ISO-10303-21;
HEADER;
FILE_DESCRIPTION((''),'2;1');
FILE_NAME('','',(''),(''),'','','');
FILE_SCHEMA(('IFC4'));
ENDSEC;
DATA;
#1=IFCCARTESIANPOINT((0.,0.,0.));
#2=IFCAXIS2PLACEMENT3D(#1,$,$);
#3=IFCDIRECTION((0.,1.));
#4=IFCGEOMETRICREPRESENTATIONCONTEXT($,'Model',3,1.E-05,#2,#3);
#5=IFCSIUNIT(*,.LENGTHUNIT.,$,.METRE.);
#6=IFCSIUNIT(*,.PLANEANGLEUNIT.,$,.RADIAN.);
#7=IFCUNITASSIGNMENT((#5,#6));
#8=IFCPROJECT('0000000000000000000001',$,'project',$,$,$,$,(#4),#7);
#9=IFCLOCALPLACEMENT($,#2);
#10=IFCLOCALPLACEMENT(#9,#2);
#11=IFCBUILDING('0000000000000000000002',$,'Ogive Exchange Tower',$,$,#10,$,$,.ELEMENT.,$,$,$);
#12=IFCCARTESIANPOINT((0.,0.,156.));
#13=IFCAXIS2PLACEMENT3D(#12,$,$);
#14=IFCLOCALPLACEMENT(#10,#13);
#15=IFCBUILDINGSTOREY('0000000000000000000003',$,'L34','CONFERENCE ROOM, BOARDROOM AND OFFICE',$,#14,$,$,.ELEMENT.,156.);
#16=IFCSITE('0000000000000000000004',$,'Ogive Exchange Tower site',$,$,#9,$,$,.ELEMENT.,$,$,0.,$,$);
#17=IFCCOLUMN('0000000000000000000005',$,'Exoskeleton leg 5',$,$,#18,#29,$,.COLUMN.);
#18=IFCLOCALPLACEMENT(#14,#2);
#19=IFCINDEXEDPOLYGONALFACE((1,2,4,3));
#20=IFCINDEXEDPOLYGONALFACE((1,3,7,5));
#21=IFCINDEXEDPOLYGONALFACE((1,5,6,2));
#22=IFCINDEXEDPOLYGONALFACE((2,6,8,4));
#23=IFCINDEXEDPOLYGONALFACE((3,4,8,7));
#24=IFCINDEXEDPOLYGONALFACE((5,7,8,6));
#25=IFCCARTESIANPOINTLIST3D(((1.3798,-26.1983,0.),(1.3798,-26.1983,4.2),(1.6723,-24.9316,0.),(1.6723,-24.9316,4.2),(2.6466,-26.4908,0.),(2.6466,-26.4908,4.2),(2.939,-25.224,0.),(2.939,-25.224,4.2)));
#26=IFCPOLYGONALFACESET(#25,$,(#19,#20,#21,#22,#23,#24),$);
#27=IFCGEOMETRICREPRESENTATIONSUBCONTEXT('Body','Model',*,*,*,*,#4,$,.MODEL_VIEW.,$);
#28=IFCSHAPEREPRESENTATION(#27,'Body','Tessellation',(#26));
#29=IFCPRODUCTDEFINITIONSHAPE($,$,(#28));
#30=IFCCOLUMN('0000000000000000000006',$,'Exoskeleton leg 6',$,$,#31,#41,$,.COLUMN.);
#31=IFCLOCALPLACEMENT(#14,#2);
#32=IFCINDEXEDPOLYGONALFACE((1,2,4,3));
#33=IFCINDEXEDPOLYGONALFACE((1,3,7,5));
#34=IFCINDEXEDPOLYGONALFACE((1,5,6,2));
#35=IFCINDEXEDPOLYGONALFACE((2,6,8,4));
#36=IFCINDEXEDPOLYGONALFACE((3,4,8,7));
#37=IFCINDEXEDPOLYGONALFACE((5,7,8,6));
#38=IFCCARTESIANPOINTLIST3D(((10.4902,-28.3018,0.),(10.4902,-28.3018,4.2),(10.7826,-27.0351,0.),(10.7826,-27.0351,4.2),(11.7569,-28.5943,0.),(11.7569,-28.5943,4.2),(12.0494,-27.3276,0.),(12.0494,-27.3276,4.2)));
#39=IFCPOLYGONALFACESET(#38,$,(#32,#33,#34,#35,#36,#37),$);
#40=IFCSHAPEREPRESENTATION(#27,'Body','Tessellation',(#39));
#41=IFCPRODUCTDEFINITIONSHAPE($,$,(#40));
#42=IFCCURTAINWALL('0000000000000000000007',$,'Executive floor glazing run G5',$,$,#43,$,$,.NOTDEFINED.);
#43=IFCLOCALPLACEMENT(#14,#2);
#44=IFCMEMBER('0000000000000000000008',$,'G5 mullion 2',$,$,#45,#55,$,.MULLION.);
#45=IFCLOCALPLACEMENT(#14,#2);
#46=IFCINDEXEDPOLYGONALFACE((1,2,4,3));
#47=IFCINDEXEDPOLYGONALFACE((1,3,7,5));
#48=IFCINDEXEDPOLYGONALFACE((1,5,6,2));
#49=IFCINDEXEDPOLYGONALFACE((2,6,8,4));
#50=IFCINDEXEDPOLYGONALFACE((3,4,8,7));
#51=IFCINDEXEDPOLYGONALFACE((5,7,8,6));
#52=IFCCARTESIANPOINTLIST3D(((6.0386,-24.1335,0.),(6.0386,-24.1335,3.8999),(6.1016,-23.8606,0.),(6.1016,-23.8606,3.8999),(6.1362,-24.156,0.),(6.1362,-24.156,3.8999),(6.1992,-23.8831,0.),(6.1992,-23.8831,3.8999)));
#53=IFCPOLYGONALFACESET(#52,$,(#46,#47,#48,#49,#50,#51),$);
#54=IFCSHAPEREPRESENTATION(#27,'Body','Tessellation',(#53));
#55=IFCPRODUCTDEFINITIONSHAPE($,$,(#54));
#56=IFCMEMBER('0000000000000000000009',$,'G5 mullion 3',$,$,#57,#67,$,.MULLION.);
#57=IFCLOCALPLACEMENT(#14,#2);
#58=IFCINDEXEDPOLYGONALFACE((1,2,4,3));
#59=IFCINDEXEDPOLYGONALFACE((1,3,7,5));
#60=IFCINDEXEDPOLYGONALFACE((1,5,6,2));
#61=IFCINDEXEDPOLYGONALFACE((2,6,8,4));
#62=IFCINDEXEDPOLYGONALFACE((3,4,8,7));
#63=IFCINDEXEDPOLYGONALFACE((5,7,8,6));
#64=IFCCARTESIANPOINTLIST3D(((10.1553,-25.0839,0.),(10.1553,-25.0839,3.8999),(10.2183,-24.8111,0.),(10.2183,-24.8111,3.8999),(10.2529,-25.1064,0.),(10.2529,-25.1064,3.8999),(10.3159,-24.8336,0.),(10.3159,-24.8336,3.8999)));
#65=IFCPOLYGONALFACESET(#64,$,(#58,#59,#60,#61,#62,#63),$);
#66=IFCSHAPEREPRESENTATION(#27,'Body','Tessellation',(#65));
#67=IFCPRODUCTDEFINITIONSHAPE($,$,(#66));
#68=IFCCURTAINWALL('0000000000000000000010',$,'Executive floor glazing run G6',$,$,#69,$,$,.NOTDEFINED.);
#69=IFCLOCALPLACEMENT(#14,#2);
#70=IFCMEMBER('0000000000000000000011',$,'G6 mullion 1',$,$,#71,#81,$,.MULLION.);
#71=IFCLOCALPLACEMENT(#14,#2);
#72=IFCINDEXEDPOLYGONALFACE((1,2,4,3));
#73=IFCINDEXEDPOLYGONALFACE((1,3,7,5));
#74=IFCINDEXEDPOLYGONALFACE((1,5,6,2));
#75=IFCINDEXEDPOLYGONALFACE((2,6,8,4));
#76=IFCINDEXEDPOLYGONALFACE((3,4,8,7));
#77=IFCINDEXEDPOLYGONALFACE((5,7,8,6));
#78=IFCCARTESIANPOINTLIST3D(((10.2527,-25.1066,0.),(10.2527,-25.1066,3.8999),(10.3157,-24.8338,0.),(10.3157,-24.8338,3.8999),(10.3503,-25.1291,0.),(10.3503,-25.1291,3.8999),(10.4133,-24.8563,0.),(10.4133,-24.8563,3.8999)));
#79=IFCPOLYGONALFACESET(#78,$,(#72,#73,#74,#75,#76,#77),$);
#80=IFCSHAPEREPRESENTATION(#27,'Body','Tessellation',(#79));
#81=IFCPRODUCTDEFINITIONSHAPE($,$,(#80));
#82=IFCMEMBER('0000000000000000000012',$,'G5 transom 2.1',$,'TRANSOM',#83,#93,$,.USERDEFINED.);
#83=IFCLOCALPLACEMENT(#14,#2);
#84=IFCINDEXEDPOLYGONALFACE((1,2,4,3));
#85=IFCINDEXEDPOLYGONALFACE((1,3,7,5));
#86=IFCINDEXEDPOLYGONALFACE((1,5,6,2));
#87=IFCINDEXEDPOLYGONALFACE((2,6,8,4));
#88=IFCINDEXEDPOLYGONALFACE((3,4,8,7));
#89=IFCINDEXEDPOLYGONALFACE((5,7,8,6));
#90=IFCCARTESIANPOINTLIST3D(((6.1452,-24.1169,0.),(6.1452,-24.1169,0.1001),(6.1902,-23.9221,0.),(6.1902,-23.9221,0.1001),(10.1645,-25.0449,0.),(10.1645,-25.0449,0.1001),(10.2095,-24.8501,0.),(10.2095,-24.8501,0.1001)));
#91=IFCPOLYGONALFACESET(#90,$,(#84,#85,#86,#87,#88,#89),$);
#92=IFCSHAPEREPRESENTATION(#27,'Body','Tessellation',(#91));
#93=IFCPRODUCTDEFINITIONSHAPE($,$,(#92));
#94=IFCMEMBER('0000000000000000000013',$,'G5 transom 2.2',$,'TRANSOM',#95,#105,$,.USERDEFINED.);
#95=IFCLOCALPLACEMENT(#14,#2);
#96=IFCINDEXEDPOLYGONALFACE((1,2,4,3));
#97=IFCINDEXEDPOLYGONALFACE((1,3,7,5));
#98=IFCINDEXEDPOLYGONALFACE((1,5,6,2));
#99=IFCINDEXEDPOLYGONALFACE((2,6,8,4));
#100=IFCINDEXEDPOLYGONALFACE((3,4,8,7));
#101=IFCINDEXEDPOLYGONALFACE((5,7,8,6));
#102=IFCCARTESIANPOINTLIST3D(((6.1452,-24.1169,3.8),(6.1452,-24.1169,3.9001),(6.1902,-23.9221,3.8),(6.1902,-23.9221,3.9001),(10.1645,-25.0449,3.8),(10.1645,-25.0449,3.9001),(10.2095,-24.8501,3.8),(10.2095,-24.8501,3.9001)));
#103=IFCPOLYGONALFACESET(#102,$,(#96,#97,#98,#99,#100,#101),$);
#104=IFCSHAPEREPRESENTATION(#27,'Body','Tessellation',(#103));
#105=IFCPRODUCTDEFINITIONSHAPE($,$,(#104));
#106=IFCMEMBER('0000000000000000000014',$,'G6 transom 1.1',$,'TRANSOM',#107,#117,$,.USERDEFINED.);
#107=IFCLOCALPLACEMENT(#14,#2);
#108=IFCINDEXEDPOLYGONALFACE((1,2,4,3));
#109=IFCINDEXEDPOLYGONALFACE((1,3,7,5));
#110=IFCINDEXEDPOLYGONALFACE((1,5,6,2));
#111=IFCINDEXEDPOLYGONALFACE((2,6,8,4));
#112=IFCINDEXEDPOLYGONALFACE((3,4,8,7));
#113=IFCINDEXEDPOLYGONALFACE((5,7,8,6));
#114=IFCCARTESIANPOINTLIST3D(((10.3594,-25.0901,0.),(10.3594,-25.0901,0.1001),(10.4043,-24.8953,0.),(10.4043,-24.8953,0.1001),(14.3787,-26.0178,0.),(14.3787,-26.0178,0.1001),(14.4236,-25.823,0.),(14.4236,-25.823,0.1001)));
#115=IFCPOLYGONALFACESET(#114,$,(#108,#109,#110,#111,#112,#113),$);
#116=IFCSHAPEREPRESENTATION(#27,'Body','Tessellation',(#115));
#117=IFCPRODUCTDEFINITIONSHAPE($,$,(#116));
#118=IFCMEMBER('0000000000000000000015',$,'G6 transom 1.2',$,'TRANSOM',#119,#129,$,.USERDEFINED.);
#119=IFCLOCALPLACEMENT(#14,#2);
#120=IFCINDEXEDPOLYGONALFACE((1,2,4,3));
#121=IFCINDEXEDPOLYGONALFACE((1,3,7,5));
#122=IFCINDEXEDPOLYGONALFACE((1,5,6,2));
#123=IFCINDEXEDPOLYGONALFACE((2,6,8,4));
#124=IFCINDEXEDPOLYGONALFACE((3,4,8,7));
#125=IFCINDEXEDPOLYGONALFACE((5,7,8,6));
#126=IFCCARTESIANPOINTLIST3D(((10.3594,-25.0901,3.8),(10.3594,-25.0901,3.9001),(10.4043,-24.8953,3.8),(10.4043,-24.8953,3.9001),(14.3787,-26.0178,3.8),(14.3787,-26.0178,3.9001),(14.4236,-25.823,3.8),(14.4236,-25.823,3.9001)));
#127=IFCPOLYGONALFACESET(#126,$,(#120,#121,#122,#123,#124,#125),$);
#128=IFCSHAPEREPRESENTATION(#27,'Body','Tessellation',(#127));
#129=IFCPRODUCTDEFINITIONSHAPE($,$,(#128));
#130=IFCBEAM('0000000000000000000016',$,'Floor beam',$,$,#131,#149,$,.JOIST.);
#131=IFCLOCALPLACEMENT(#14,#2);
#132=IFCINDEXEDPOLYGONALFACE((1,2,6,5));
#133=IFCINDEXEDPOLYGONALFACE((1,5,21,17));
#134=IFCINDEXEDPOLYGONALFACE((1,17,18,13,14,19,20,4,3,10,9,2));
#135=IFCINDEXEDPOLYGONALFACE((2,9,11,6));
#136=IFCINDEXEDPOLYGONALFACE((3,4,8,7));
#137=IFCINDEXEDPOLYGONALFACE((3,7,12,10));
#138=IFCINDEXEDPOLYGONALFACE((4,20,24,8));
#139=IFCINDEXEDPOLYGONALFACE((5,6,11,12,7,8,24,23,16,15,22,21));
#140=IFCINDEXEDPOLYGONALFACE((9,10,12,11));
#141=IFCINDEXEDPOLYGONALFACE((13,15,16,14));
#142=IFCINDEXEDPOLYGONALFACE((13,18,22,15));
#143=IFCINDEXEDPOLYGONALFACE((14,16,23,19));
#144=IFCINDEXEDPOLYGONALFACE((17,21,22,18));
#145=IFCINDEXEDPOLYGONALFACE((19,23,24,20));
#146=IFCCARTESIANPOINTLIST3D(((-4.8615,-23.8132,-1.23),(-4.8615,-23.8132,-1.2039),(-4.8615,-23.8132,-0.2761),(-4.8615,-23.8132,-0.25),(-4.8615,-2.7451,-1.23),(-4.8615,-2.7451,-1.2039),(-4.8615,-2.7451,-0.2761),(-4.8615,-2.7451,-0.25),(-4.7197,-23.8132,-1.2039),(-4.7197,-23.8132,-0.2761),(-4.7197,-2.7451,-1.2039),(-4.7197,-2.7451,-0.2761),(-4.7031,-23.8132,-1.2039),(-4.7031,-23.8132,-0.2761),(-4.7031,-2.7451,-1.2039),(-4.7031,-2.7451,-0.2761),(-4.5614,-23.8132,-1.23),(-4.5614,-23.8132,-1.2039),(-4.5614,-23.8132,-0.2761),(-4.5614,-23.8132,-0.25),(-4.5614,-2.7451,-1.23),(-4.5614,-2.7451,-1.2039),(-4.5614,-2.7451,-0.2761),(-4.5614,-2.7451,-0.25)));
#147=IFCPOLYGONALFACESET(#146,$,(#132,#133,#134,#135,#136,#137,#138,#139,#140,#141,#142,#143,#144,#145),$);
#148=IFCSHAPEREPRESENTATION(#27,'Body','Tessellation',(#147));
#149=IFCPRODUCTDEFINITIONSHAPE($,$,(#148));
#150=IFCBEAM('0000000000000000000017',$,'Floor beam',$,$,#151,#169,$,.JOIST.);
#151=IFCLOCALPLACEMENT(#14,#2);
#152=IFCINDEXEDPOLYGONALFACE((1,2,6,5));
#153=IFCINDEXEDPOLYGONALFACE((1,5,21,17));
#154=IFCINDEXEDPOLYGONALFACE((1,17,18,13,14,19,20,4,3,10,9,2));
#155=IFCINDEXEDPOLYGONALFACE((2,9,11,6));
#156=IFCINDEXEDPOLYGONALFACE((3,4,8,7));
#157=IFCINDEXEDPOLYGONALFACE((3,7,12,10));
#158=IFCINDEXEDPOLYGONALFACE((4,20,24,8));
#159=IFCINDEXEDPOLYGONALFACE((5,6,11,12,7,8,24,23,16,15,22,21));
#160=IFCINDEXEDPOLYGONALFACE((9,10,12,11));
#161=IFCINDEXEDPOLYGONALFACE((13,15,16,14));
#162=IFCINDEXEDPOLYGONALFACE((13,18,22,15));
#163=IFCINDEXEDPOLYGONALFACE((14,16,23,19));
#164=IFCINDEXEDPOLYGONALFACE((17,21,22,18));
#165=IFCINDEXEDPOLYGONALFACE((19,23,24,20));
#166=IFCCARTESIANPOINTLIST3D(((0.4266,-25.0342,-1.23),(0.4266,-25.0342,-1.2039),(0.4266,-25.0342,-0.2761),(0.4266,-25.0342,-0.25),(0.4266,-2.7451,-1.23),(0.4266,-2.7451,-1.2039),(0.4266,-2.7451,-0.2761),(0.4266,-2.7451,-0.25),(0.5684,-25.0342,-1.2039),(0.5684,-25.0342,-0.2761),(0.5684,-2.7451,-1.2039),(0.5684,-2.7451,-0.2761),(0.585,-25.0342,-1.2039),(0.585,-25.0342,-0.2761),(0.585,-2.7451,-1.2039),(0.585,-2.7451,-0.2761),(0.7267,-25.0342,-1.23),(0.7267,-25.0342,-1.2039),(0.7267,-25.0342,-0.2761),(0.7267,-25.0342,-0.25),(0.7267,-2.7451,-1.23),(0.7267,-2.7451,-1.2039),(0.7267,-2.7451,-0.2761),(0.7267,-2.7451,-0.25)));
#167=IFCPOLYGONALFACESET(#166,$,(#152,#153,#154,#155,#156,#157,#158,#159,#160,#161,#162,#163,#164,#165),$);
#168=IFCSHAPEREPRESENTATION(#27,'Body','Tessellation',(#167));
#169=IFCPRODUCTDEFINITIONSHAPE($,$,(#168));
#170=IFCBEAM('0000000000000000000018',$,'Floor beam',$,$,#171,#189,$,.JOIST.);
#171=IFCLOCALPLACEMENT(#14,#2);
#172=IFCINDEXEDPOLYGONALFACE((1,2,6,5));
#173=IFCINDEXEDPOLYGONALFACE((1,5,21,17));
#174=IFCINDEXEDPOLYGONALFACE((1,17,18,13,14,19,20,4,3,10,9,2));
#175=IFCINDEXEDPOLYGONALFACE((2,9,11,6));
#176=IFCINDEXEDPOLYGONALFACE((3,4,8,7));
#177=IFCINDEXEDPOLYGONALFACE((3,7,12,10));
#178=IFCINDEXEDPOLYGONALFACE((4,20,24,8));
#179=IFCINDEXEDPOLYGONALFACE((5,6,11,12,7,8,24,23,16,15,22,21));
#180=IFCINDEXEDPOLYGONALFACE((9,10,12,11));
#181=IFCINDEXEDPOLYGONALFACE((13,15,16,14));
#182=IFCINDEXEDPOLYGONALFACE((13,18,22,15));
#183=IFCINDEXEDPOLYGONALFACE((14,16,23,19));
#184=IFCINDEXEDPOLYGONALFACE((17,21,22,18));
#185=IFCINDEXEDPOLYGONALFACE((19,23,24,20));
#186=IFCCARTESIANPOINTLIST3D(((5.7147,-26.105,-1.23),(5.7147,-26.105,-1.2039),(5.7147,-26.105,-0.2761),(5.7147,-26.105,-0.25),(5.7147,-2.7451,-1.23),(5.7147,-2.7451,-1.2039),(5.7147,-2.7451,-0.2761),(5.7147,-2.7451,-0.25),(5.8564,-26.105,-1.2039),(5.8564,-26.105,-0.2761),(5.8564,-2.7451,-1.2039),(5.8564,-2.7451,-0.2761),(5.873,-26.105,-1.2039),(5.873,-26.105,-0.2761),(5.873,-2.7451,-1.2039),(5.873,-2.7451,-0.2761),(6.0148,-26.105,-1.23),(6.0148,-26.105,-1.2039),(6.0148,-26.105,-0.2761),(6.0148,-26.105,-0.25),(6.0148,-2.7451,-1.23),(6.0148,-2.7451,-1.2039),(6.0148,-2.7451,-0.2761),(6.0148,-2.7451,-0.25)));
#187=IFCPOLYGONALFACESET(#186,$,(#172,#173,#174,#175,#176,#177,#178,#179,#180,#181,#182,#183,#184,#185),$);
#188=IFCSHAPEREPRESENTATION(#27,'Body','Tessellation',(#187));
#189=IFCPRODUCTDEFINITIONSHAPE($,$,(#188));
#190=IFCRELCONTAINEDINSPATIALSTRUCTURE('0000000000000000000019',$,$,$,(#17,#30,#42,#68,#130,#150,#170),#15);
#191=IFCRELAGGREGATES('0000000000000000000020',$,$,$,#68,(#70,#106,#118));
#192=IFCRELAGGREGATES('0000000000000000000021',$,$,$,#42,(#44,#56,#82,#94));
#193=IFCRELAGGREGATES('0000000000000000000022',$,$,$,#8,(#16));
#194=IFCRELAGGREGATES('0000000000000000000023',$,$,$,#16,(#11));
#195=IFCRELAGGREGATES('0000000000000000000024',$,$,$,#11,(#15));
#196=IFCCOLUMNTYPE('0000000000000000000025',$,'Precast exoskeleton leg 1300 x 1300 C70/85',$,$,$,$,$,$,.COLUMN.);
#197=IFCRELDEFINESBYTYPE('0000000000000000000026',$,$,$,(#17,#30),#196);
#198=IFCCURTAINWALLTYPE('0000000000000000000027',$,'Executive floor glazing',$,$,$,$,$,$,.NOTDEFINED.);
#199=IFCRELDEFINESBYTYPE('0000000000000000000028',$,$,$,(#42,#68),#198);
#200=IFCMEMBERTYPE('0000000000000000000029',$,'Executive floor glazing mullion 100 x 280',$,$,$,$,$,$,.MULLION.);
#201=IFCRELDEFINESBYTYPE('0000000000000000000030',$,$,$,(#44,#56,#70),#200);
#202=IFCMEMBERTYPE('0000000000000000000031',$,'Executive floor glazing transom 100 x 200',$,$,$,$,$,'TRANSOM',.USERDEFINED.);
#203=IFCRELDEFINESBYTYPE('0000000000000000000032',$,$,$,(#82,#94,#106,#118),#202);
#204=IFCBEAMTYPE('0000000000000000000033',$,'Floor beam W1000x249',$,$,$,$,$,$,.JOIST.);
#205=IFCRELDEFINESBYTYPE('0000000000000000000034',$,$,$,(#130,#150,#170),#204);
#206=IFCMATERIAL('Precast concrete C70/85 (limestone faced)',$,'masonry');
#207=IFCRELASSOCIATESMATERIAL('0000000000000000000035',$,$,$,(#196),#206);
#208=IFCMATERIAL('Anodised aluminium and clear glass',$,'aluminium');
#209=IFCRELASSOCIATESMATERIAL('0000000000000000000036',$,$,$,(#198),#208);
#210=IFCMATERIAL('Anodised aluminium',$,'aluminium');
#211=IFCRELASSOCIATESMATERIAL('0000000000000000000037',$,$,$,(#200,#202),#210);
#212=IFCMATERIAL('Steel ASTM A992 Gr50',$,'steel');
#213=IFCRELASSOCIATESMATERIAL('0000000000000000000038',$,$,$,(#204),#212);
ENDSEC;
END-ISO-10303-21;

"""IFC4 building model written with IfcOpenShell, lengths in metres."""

from ifc_helpers import new_model, si_unit, direction, frame, origin, origin_2d, place, context, subcontext, project, spatial, rectangle, i_section, extrude, material, material_profile, profile_set, type_object, element, aggregate, save


model = new_model("IFC4")

# Units and contexts
model_context = context("Model", 3, precision=1e-05, world=origin(), true_north=direction((0.0, 1.0)))
body_context = subcontext(model_context, "Body", "Model", "MODEL_VIEW")
ifc_project = project(units=[si_unit("LENGTHUNIT", "METRE"), si_unit("PLANEANGLEUNIT", "RADIAN")], contexts=[model_context])

# Site, building, storey
site_placement = place(None, origin())
site = spatial("IfcSite", under=ifc_project, at=site_placement, Name="Ogive Exchange Tower site", CompositionType="ELEMENT", RefElevation=0.0)
building_placement = place(site_placement, origin())
building = spatial("IfcBuilding", under=site, at=building_placement, Name="Ogive Exchange Tower", CompositionType="ELEMENT")
storey_placement = place(building_placement, frame((0.0, 0.0, 156.0)))
storey = spatial("IfcBuildingStorey", under=building, at=storey_placement, Name="L34", Description="CONFERENCE ROOM, BOARDROOM AND OFFICE", CompositionType="ELEMENT", Elevation=156.0)

# Columns
ifc_material_1 = material(Name="Precast concrete C70/85 (limestone faced)", Category="masonry")
ifc_material_profile_1 = material_profile(ifc_material_1, rectangle(XDim=1.3, YDim=1.3, at=origin_2d()), Name="1300 x 1300")
ifc_profile_set_1 = profile_set([ifc_material_profile_1], Name="Precast concrete C70/85 (limestone faced)")
column_type = type_object("IfcColumnType", Name="Precast exoskeleton leg 1300 x 1300 C70/85", PredefinedType="COLUMN", material=ifc_profile_set_1)
for number, where, z_axis, x_axis, name in (
    (1, (2.1594, -25.7112, 0.0), (0.0, 0.0, 1.0), (0.97437, -0.224951, 0.0), "Exoskeleton leg 5"),
    (2, (11.2698, -27.8147, 0.0), (0.0, 0.0, 1.0), (0.97437, -0.224951, 0.0), "Exoskeleton leg 6"),
):
    element("IfcColumn", number, at=place(storey_placement, frame(where, z_axis=z_axis, x_axis=x_axis)), inside=storey, type_object=column_type, Name=name, PredefinedType="COLUMN", context=body_context, shape_type="SweptSolid", body=[
        extrude(rectangle(XDim=1.3, YDim=1.3, at=origin_2d()), origin(), (0.0, 0.0, 1.0), 4.2),
    ])

# Curtain wall, members
ifc_material_2 = material(Name="Anodised aluminium and clear glass", Category="aluminium")
curtain_wall_type = type_object("IfcCurtainWallType", Name="Executive floor glazing", PredefinedType="NOTDEFINED", material=ifc_material_2)
curtain_wall_1_placement = place(storey_placement, origin())
curtain_wall_1 = element("IfcCurtainWall", 3, at=curtain_wall_1_placement, inside=storey, type_object=curtain_wall_type, Name="Executive floor glazing run G5", PredefinedType="NOTDEFINED")
ifc_material_3 = material(Name="Anodised aluminium", Category="aluminium")
ifc_material_profile_2 = material_profile(ifc_material_3, rectangle(XDim=0.28, YDim=0.1001, at=origin_2d()), Name="AL 100x280")
ifc_profile_set_2 = profile_set([ifc_material_profile_2], Name="Anodised aluminium")
member_type_1 = type_object("IfcMemberType", Name="Executive floor glazing mullion 100 x 280", PredefinedType="MULLION", material=ifc_profile_set_2)
member_1_placement = place(storey_placement, frame((6.1189, -24.0083, 0.0), z_axis=(0.0, 0.0, 1.0), x_axis=(0.224958, 0.974369, 0.0)))
member_1 = element("IfcMember", 4, at=member_1_placement, type_object=member_type_1, Name="G5 mullion 2", PredefinedType="MULLION", context=body_context, shape_type="SweptSolid", body=[
    extrude(rectangle(XDim=0.28, YDim=0.1001, at=origin_2d()), origin(), (0.0, 0.0, 1.0), 3.8999),
])
member_2_placement = place(storey_placement, frame((10.2356, -24.9587, 0.0), z_axis=(0.0, 0.0, 1.0), x_axis=(0.224958, 0.974369, 0.0)))
member_2 = element("IfcMember", 5, at=member_2_placement, type_object=member_type_1, Name="G5 mullion 3", PredefinedType="MULLION", context=body_context, shape_type="SweptSolid", body=[
    extrude(rectangle(XDim=0.28, YDim=0.1001, at=origin_2d()), origin(), (0.0, 0.0, 1.0), 3.8999),
])

# Curtain wall, member
curtain_wall_2_placement = place(storey_placement, origin())
curtain_wall_2 = element("IfcCurtainWall", 6, at=curtain_wall_2_placement, inside=storey, type_object=curtain_wall_type, Name="Executive floor glazing run G6", PredefinedType="NOTDEFINED")
member_3_placement = place(storey_placement, frame((10.333, -24.9814, 0.0), z_axis=(0.0, 0.0, 1.0), x_axis=(0.224949, 0.97437, 0.0)))
member_3 = element("IfcMember", 7, at=member_3_placement, type_object=member_type_1, Name="G6 mullion 1", PredefinedType="MULLION", context=body_context, shape_type="SweptSolid", body=[
    extrude(rectangle(XDim=0.28, YDim=0.1001, at=origin_2d()), origin(), (0.0, 0.0, 1.0), 3.8999),
])

# Members
ifc_material_profile_3 = material_profile(ifc_material_3, rectangle(XDim=0.2, YDim=0.1001, at=origin_2d()), Name="AL 100x200")
ifc_profile_set_3 = profile_set([ifc_material_profile_3], Name="Anodised aluminium")
member_type_2 = type_object("IfcMemberType", Name="Executive floor glazing transom 100 x 200", ElementType="TRANSOM", PredefinedType="USERDEFINED", material=ifc_profile_set_3)
member_4_placement = place(storey_placement, frame((6.1677, -24.0195, 0.05), z_axis=(0.974367, -0.224963, 0.0), x_axis=(0.224963, 0.974367, 0.0)))
member_4 = element("IfcMember", 8, at=member_4_placement, type_object=member_type_2, Name="G5 transom 2.1", ObjectType="TRANSOM", PredefinedType="USERDEFINED", context=body_context, shape_type="SweptSolid", body=[
    extrude(rectangle(XDim=0.2, YDim=0.1001, at=origin_2d()), origin(), (0.0, 0.0, 1.0), 4.125),
])
member_5_placement = place(storey_placement, frame((6.1677, -24.0195, 3.8501), z_axis=(0.974367, -0.224963, 0.0), x_axis=(0.224963, 0.974367, 0.0)))
member_5 = element("IfcMember", 9, at=member_5_placement, type_object=member_type_2, Name="G5 transom 2.2", ObjectType="TRANSOM", PredefinedType="USERDEFINED", context=body_context, shape_type="SweptSolid", body=[
    extrude(rectangle(XDim=0.2, YDim=0.1001, at=origin_2d()), origin(), (0.0, 0.0, 1.0), 4.125),
])
member_6_placement = place(storey_placement, frame((10.3818, -24.9927, 0.05), z_axis=(0.97438, -0.224907, 0.0), x_axis=(0.224907, 0.97438, 0.0)))
member_6 = element("IfcMember", 10, at=member_6_placement, type_object=member_type_2, Name="G6 transom 1.1", ObjectType="TRANSOM", PredefinedType="USERDEFINED", context=body_context, shape_type="SweptSolid", body=[
    extrude(rectangle(XDim=0.2, YDim=0.1001, at=origin_2d()), origin(), (0.0, 0.0, 1.0), 4.125),
])
member_7_placement = place(storey_placement, frame((10.3818, -24.9927, 3.8501), z_axis=(0.97438, -0.224907, 0.0), x_axis=(0.224907, 0.97438, 0.0)))
member_7 = element("IfcMember", 11, at=member_7_placement, type_object=member_type_2, Name="G6 transom 1.2", ObjectType="TRANSOM", PredefinedType="USERDEFINED", context=body_context, shape_type="SweptSolid", body=[
    extrude(rectangle(XDim=0.2, YDim=0.1001, at=origin_2d()), origin(), (0.0, 0.0, 1.0), 4.125),
])
aggregate(curtain_wall_2, [member_3, member_6, member_7])

# Beams
ifc_material_4 = material(Name="Steel ASTM A992 Gr50", Category="steel")
ifc_material_profile_4 = material_profile(ifc_material_4, i_section(OverallWidth=0.3, OverallDepth=0.98, WebThickness=0.0166, FlangeThickness=0.0261, at=origin_2d()), Name="W1000x249")
ifc_profile_set_4 = profile_set([ifc_material_profile_4], Name="Steel ASTM A992 Gr50")
beam_type_1 = type_object("IfcBeamType", Name="Floor beam W1000x249", PredefinedType="JOIST", material=ifc_profile_set_4)
beam_1_placement = place(storey_placement, frame((-4.7114, -23.8132, -0.74), z_axis=(0.0, 1.0, 0.0), x_axis=(-1.0, 0.0, 0.0)))
element("IfcBeam", 12, at=beam_1_placement, inside=storey, type_object=beam_type_1, Name="Floor beam", PredefinedType="JOIST", context=body_context, shape_type="SweptSolid", body=[
    extrude(i_section(OverallWidth=0.3, OverallDepth=0.98, WebThickness=0.0166, FlangeThickness=0.0261, at=origin_2d()), origin(), (0.0, 0.0, 1.0), 21.0681),
])
beam_2_placement = place(storey_placement, frame((0.5767, -25.0342, -0.74), z_axis=(0.0, 1.0, 0.0), x_axis=(-1.0, 0.0, 0.0)))
element("IfcBeam", 13, at=beam_2_placement, inside=storey, type_object=beam_type_1, Name="Floor beam", PredefinedType="JOIST", context=body_context, shape_type="SweptSolid", body=[
    extrude(i_section(OverallWidth=0.3, OverallDepth=0.98, WebThickness=0.0166, FlangeThickness=0.0261, at=origin_2d()), origin(), (0.0, 0.0, 1.0), 22.2891),
])
beam_3_placement = place(storey_placement, frame((5.8647, -26.105, -0.74), z_axis=(0.0, 1.0, 0.0), x_axis=(-1.0, 0.0, 0.0)))
element("IfcBeam", 14, at=beam_3_placement, inside=storey, type_object=beam_type_1, Name="Floor beam", PredefinedType="JOIST", context=body_context, shape_type="SweptSolid", body=[
    extrude(i_section(OverallWidth=0.3, OverallDepth=0.98, WebThickness=0.0166, FlangeThickness=0.0261, at=origin_2d()), origin(), (0.0, 0.0, 1.0), 23.3599),
])

aggregate(curtain_wall_1, [member_1, member_2, member_4, member_5])

save(model, "model.ifc")
